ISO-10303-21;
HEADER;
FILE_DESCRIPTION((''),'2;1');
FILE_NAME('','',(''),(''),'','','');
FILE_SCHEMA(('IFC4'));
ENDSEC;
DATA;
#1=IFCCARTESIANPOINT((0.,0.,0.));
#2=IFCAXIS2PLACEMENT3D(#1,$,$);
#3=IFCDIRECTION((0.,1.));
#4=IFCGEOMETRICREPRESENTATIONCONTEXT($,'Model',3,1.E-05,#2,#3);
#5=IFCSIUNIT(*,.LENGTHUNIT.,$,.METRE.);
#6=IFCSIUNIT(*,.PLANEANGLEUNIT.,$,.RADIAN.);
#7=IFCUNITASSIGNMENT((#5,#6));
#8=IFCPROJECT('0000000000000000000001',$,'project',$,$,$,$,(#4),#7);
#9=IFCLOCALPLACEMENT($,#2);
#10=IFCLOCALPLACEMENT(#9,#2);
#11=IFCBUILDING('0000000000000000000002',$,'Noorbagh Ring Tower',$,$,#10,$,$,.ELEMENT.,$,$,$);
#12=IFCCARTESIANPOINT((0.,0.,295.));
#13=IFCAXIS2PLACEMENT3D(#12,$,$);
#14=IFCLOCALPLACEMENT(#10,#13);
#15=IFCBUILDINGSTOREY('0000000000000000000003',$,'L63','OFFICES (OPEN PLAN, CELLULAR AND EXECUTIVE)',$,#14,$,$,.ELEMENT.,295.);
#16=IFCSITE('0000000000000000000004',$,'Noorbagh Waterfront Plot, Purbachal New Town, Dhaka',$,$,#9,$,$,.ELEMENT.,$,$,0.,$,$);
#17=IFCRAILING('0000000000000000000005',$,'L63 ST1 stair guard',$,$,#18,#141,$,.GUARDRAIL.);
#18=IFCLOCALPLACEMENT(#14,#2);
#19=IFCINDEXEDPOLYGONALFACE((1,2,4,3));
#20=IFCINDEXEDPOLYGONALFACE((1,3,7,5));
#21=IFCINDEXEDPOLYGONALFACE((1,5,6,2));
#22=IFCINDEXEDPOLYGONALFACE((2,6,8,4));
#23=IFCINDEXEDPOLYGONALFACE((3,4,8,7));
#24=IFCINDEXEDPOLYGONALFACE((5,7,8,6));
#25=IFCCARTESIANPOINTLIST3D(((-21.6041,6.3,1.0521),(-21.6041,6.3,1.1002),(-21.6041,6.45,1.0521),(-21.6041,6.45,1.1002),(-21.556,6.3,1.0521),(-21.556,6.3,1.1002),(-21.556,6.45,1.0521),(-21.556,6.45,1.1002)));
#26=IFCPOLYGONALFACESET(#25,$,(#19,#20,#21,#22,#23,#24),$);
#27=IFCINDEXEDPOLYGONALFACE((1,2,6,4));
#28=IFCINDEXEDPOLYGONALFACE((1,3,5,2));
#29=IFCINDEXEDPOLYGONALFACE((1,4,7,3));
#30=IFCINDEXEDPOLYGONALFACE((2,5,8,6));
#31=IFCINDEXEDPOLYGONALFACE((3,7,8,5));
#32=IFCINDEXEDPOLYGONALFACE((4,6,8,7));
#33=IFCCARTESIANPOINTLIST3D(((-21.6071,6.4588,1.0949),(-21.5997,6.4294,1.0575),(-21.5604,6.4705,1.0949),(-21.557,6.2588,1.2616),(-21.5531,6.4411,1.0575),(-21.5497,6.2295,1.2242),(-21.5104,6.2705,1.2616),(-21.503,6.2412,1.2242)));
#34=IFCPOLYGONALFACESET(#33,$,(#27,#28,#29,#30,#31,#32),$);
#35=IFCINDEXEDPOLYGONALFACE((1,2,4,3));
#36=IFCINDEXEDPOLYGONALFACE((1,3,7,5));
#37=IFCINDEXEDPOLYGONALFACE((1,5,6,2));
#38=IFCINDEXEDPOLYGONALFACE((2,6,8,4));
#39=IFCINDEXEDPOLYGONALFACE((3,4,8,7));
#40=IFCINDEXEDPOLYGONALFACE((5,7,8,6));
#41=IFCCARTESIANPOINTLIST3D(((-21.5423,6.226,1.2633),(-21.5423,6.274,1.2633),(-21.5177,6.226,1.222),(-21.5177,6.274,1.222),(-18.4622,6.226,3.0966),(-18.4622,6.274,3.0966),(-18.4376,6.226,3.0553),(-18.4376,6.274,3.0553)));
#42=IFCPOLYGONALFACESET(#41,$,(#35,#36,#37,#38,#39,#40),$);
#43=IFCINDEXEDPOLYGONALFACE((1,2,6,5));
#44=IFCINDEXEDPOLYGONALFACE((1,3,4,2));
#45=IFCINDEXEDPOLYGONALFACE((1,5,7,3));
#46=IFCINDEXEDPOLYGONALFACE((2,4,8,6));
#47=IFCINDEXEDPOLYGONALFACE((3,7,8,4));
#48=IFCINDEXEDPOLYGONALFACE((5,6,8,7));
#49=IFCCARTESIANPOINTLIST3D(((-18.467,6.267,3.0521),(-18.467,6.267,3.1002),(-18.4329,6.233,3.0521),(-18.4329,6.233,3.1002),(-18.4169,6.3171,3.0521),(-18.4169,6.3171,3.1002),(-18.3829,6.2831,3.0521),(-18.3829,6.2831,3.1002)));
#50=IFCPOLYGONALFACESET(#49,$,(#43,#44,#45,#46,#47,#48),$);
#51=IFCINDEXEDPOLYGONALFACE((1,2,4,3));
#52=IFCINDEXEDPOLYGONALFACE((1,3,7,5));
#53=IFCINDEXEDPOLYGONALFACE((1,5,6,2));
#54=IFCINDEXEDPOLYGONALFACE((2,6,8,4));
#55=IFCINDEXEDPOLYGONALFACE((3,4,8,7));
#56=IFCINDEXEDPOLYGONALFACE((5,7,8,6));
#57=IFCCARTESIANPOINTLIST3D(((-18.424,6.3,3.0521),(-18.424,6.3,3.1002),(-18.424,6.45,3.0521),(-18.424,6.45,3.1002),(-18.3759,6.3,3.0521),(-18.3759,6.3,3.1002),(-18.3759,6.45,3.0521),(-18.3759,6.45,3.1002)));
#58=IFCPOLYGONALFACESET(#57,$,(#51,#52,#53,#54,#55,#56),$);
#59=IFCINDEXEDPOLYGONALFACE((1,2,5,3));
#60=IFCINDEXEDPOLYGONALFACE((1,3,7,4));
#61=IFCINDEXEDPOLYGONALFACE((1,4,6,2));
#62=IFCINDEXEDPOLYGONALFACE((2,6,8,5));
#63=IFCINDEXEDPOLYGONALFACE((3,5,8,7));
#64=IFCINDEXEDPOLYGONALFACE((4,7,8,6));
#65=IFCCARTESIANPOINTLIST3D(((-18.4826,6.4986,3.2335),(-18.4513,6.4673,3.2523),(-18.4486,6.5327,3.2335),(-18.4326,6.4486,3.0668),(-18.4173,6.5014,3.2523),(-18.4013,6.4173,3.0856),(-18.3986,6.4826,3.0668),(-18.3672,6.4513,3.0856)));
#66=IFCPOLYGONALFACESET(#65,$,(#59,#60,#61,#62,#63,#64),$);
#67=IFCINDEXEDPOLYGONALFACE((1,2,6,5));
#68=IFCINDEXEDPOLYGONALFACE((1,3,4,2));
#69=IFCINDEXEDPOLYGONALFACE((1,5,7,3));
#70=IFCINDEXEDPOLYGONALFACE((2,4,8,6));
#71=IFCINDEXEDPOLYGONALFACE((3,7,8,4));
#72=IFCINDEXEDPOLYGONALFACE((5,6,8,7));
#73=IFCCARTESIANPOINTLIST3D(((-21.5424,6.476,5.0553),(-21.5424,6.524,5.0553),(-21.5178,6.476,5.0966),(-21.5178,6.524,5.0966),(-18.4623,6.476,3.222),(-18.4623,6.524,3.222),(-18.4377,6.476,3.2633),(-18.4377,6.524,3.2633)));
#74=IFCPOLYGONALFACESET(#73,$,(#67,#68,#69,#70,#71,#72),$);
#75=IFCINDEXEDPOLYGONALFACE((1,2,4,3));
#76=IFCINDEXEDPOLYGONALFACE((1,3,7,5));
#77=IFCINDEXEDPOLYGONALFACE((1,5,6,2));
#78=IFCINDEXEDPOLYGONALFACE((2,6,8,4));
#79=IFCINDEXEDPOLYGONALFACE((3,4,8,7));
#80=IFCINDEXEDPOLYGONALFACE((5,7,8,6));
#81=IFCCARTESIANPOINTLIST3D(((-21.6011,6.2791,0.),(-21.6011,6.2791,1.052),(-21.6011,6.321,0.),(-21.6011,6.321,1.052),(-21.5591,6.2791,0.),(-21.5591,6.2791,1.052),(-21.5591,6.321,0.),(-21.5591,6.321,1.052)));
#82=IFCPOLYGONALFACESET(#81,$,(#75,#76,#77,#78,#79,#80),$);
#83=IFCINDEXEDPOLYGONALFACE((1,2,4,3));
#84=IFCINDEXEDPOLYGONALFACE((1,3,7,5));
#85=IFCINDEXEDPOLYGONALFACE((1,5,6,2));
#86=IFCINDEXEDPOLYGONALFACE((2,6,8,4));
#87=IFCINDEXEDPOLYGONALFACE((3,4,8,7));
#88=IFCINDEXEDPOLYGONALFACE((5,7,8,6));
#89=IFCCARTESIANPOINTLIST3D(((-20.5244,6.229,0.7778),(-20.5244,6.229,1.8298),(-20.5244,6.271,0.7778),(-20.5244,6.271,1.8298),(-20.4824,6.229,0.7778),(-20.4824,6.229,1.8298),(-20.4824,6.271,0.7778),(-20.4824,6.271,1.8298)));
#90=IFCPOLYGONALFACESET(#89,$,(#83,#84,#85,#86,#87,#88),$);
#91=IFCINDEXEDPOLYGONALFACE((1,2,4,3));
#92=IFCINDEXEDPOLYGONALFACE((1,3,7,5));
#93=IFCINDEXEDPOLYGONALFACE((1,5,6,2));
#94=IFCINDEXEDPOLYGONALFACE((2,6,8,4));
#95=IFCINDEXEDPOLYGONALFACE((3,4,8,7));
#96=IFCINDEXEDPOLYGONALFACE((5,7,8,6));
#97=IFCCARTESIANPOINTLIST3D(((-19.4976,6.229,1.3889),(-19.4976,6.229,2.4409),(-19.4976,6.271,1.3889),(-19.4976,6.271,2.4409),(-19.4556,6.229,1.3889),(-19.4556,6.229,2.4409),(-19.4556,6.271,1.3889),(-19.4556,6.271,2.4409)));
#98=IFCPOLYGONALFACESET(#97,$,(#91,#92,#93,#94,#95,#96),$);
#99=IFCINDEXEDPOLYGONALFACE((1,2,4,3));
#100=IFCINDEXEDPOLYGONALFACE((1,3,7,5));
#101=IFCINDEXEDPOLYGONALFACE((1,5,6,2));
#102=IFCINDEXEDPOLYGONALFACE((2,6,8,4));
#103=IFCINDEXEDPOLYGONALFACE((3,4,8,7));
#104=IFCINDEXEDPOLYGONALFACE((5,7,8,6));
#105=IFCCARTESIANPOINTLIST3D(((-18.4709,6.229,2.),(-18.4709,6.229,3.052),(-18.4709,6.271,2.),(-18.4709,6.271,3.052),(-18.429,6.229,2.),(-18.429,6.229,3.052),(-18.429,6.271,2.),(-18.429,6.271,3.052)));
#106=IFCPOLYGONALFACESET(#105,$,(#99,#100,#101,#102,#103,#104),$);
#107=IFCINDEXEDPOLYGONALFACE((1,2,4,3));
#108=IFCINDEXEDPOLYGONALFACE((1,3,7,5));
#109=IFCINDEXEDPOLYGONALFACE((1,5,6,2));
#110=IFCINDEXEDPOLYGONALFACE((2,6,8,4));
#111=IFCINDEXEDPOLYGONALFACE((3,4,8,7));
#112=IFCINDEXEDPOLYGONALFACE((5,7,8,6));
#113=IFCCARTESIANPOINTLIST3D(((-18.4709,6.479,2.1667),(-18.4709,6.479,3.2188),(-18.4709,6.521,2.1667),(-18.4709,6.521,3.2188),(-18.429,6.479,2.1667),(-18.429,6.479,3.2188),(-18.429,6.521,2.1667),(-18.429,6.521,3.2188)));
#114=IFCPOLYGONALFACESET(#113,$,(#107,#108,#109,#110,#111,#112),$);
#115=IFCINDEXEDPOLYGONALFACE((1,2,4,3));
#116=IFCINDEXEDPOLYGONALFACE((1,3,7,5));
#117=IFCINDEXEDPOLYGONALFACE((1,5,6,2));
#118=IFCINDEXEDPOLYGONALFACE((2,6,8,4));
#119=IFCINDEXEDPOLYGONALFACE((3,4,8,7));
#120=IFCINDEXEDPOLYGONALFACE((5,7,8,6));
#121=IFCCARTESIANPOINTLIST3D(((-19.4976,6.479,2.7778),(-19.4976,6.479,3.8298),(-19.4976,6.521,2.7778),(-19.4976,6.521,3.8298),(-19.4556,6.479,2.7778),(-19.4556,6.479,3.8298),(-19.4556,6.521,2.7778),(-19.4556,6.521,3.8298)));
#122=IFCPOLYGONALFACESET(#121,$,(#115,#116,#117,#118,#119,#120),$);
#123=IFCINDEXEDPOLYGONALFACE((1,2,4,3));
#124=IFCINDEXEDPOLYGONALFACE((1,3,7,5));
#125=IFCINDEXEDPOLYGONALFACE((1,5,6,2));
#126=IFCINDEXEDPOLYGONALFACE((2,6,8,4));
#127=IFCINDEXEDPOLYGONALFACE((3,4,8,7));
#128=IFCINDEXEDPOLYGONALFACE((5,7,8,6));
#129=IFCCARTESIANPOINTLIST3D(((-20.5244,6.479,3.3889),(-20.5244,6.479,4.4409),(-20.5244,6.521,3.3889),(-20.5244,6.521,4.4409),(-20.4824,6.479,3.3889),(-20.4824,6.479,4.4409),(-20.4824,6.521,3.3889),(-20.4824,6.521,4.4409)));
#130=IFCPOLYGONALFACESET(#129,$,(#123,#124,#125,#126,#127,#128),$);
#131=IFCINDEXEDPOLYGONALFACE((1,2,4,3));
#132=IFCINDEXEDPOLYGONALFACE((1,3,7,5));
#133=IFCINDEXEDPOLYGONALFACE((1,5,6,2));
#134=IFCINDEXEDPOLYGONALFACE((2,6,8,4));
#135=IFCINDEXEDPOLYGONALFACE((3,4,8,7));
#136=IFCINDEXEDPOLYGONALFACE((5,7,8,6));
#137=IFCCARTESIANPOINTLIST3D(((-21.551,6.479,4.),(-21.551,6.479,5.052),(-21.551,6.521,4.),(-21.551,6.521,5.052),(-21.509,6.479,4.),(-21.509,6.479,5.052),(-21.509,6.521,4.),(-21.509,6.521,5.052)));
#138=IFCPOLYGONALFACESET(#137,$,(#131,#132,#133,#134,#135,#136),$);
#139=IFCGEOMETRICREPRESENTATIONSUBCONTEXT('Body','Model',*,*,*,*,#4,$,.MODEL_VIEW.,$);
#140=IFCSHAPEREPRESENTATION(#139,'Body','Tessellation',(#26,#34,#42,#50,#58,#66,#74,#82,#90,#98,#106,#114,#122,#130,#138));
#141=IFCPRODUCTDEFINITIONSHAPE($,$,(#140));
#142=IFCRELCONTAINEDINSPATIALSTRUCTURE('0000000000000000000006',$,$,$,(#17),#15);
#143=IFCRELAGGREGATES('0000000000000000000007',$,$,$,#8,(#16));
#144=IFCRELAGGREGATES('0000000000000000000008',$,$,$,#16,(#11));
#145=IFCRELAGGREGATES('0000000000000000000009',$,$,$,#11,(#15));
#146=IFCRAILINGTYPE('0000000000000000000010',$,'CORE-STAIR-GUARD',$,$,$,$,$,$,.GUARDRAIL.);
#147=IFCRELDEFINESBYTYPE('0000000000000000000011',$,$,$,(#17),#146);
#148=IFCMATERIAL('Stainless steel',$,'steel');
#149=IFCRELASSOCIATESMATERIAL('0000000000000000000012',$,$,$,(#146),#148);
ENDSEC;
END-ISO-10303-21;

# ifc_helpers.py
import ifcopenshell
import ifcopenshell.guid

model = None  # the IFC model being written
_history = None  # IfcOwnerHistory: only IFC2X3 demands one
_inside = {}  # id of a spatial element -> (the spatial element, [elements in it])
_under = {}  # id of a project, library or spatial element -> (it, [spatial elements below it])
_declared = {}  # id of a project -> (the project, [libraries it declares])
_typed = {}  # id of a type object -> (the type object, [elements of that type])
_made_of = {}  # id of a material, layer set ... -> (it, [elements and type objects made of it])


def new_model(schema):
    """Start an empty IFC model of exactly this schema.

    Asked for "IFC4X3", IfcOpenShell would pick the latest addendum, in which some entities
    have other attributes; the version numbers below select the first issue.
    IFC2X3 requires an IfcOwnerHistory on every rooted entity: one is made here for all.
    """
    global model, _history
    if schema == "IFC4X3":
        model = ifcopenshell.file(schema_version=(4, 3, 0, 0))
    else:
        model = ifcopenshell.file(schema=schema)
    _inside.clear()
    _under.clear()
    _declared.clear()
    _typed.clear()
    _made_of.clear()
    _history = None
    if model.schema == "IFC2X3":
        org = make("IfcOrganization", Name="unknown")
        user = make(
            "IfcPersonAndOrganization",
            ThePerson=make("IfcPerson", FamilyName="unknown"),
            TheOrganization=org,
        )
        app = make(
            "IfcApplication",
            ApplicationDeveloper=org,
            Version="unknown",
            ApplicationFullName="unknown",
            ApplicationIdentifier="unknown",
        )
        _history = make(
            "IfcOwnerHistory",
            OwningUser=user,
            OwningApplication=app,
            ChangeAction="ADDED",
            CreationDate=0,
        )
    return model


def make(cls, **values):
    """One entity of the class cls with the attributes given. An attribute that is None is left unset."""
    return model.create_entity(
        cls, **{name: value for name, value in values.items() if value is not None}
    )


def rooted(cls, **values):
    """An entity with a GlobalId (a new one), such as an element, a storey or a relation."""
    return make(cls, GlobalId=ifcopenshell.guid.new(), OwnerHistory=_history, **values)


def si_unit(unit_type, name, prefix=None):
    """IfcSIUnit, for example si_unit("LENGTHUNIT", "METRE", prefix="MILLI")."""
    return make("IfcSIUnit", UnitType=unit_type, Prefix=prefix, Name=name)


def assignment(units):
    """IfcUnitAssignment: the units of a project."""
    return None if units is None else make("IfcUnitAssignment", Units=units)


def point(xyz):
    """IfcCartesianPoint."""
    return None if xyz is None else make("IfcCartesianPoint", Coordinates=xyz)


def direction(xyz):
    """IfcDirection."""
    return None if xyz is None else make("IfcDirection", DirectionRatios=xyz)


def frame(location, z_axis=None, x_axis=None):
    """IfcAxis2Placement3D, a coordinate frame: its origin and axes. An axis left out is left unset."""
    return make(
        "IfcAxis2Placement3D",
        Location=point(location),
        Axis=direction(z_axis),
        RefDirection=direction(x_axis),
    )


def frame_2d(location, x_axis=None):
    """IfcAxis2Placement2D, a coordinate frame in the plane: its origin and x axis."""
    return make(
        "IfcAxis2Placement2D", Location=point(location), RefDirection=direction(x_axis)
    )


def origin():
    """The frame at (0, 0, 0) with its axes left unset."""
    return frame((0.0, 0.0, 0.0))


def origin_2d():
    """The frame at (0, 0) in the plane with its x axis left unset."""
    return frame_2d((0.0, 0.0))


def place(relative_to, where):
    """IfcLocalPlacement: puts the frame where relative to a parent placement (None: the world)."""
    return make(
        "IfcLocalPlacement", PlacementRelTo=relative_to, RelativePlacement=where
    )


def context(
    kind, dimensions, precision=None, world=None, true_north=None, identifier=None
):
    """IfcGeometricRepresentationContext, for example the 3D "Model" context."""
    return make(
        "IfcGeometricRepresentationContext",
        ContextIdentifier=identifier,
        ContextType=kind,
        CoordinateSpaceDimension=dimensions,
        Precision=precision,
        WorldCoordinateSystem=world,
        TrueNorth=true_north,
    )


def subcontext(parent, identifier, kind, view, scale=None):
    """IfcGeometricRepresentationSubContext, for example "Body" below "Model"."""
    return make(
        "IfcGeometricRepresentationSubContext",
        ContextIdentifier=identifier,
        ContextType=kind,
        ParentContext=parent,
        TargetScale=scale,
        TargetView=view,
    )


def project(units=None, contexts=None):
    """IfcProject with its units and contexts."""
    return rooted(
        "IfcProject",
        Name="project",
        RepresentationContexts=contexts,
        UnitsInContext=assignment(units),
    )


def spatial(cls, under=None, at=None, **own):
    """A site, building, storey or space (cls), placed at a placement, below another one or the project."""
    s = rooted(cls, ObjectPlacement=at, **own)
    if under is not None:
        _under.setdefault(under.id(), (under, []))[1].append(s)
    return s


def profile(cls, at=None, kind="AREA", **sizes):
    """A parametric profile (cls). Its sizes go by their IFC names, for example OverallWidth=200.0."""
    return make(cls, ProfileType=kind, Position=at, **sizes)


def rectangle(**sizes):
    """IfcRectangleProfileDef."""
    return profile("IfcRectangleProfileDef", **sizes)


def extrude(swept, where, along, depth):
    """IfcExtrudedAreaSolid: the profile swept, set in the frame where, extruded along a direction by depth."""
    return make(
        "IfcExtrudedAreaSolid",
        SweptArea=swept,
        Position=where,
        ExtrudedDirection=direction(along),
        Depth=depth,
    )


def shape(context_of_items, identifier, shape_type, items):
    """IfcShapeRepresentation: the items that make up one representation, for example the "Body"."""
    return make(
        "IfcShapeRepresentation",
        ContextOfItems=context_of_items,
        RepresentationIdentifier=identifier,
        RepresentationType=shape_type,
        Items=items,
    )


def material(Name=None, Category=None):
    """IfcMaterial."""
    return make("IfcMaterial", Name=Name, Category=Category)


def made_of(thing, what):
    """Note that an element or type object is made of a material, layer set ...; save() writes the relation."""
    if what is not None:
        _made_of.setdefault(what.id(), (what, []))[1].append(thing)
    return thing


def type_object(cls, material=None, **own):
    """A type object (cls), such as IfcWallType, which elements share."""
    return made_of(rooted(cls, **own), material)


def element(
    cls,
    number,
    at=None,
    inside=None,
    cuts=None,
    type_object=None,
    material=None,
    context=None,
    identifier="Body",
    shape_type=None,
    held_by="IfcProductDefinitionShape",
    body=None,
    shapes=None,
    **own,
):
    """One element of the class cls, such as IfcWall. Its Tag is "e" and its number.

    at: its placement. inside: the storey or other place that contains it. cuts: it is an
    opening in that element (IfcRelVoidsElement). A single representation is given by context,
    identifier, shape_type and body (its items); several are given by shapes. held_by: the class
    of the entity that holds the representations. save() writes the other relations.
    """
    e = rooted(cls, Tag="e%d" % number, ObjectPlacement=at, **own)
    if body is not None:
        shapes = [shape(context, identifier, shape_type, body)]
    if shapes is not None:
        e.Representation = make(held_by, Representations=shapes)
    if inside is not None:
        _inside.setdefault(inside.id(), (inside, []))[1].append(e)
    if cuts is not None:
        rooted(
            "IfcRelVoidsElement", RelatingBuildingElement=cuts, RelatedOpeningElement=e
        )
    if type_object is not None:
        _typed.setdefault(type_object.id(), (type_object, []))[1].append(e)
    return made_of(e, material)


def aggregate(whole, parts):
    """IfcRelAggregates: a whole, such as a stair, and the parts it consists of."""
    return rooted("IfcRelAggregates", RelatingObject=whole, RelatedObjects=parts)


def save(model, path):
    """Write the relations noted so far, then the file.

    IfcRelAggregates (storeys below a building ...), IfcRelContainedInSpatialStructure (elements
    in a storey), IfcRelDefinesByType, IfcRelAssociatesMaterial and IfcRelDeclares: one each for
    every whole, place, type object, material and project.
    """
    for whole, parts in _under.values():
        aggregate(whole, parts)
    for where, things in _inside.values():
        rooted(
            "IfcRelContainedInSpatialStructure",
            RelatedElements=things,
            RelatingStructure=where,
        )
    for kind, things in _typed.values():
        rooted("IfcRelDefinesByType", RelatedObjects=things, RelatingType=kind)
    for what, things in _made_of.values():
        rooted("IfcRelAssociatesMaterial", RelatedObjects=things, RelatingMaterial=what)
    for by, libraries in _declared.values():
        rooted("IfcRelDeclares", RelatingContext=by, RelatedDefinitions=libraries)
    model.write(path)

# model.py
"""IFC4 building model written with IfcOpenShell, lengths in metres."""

from ifc_helpers import new_model, si_unit, direction, frame, origin, origin_2d, place, context, subcontext, project, spatial, rectangle, extrude, material, type_object, element, save


model = new_model("IFC4")

# Units and contexts
model_context = context("Model", 3, precision=1e-05, world=origin(), true_north=direction((0.0, 1.0)))
body_context = subcontext(model_context, "Body", "Model", "MODEL_VIEW")
ifc_project = project(units=[si_unit("LENGTHUNIT", "METRE"), si_unit("PLANEANGLEUNIT", "RADIAN")], contexts=[model_context])

# Site, building, storey
site_placement = place(None, origin())
site = spatial("IfcSite", under=ifc_project, at=site_placement, Name="Noorbagh Waterfront Plot, Purbachal New Town, Dhaka", CompositionType="ELEMENT", RefElevation=0.0)
building_placement = place(site_placement, origin())
building = spatial("IfcBuilding", under=site, at=building_placement, Name="Noorbagh Ring Tower", CompositionType="ELEMENT")
storey_placement = place(building_placement, frame((0.0, 0.0, 295.0)))
storey = spatial("IfcBuildingStorey", under=building, at=storey_placement, Name="L63", Description="OFFICES (OPEN PLAN, CELLULAR AND EXECUTIVE)", CompositionType="ELEMENT", Elevation=295.0)

# Railing
ifc_material_1 = material(Name="Stainless steel", Category="steel")
railing_type_1 = type_object("IfcRailingType", Name="CORE-STAIR-GUARD", PredefinedType="GUARDRAIL", material=ifc_material_1)
railing_1_placement = place(storey_placement, frame((-21.5801, 6.3, 0.0)))
element("IfcRailing", 1, at=railing_1_placement, inside=storey, type_object=railing_type_1, Name="L63 ST1 stair guard", PredefinedType="GUARDRAIL", context=body_context, shape_type="SweptSolid", body=[
    extrude(rectangle(XDim=0.0481, YDim=0.0481, at=origin_2d()), frame((0.0, 0.0, 1.0762), z_axis=(0.0, 1.0, 0.0), x_axis=(-1.0, 0.0, 0.0)), (0.0, 0.0, 1.0), 0.1499),
    extrude(rectangle(XDim=0.0481, YDim=0.0481, at=origin_2d()), frame((0.0, 0.1499, 1.0762), z_axis=(0.188776, -0.754182, 0.628946), x_axis=(0.970073, 0.242814, 0.0)), (0.0, 0.0, 1.0), 0.2651),
    extrude(rectangle(XDim=0.0481, YDim=0.0481, at=origin_2d()), frame((0.05, -0.05, 1.2427), z_axis=(0.859309, 0.0, 0.511458), x_axis=(0.0, 1.0, 0.0)), (0.0, 0.0, 1.0), 3.5845),
    extrude(rectangle(XDim=0.0481, YDim=0.0481, at=origin_2d()), frame((3.1301, -0.05, 3.0762), z_axis=(0.707107, 0.707107, 0.0), x_axis=(-0.707107, 0.707107, 0.0)), (0.0, 0.0, 1.0), 0.0708),
    extrude(rectangle(XDim=0.0481, YDim=0.0481, at=origin_2d()), frame((3.1802, 0.0, 3.0762), z_axis=(0.0, 1.0, 0.0), x_axis=(-1.0, 0.0, 0.0)), (0.0, 0.0, 1.0), 0.1499),
    extrude(rectangle(XDim=0.0481, YDim=0.0481, at=origin_2d()), frame((3.1802, 0.1499, 3.0762), z_axis=(-0.276287, 0.276287, 0.920506), x_axis=(-0.707107, -0.707107, 0.0)), (0.0, 0.0, 1.0), 0.1812),
    extrude(rectangle(XDim=0.0481, YDim=0.0481, at=origin_2d()), frame((3.1301, 0.2, 3.2427), z_axis=(-0.859309, 0.0, 0.511458), x_axis=(0.0, -1.0, 0.0)), (0.0, 0.0, 1.0), 3.5845),
    extrude(rectangle(XDim=0.042, YDim=0.042, at=origin_2d()), origin(), (0.0, 0.0, 1.0), 1.052),
    extrude(rectangle(XDim=0.042, YDim=0.042, at=origin_2d()), frame((1.0767, -0.05, 0.7778)), (0.0, 0.0, 1.0), 1.052),
    extrude(rectangle(XDim=0.042, YDim=0.042, at=origin_2d()), frame((2.1035, -0.05, 1.3889)), (0.0, 0.0, 1.0), 1.052),
    extrude(rectangle(XDim=0.042, YDim=0.042, at=origin_2d()), frame((3.1301, -0.05, 2.0)), (0.0, 0.0, 1.0), 1.052),
    extrude(rectangle(XDim=0.042, YDim=0.042, at=origin_2d()), frame((3.1301, 0.2, 2.1667)), (0.0, 0.0, 1.0), 1.052),
    extrude(rectangle(XDim=0.042, YDim=0.042, at=origin_2d()), frame((2.1035, 0.2, 2.7778)), (0.0, 0.0, 1.0), 1.052),
    extrude(rectangle(XDim=0.042, YDim=0.042, at=origin_2d()), frame((1.0767, 0.2, 3.3889)), (0.0, 0.0, 1.0), 1.052),
    extrude(rectangle(XDim=0.042, YDim=0.042, at=origin_2d()), frame((0.05, 0.2, 4.0)), (0.0, 0.0, 1.0), 1.052),
])

save(model, "model.ifc")
